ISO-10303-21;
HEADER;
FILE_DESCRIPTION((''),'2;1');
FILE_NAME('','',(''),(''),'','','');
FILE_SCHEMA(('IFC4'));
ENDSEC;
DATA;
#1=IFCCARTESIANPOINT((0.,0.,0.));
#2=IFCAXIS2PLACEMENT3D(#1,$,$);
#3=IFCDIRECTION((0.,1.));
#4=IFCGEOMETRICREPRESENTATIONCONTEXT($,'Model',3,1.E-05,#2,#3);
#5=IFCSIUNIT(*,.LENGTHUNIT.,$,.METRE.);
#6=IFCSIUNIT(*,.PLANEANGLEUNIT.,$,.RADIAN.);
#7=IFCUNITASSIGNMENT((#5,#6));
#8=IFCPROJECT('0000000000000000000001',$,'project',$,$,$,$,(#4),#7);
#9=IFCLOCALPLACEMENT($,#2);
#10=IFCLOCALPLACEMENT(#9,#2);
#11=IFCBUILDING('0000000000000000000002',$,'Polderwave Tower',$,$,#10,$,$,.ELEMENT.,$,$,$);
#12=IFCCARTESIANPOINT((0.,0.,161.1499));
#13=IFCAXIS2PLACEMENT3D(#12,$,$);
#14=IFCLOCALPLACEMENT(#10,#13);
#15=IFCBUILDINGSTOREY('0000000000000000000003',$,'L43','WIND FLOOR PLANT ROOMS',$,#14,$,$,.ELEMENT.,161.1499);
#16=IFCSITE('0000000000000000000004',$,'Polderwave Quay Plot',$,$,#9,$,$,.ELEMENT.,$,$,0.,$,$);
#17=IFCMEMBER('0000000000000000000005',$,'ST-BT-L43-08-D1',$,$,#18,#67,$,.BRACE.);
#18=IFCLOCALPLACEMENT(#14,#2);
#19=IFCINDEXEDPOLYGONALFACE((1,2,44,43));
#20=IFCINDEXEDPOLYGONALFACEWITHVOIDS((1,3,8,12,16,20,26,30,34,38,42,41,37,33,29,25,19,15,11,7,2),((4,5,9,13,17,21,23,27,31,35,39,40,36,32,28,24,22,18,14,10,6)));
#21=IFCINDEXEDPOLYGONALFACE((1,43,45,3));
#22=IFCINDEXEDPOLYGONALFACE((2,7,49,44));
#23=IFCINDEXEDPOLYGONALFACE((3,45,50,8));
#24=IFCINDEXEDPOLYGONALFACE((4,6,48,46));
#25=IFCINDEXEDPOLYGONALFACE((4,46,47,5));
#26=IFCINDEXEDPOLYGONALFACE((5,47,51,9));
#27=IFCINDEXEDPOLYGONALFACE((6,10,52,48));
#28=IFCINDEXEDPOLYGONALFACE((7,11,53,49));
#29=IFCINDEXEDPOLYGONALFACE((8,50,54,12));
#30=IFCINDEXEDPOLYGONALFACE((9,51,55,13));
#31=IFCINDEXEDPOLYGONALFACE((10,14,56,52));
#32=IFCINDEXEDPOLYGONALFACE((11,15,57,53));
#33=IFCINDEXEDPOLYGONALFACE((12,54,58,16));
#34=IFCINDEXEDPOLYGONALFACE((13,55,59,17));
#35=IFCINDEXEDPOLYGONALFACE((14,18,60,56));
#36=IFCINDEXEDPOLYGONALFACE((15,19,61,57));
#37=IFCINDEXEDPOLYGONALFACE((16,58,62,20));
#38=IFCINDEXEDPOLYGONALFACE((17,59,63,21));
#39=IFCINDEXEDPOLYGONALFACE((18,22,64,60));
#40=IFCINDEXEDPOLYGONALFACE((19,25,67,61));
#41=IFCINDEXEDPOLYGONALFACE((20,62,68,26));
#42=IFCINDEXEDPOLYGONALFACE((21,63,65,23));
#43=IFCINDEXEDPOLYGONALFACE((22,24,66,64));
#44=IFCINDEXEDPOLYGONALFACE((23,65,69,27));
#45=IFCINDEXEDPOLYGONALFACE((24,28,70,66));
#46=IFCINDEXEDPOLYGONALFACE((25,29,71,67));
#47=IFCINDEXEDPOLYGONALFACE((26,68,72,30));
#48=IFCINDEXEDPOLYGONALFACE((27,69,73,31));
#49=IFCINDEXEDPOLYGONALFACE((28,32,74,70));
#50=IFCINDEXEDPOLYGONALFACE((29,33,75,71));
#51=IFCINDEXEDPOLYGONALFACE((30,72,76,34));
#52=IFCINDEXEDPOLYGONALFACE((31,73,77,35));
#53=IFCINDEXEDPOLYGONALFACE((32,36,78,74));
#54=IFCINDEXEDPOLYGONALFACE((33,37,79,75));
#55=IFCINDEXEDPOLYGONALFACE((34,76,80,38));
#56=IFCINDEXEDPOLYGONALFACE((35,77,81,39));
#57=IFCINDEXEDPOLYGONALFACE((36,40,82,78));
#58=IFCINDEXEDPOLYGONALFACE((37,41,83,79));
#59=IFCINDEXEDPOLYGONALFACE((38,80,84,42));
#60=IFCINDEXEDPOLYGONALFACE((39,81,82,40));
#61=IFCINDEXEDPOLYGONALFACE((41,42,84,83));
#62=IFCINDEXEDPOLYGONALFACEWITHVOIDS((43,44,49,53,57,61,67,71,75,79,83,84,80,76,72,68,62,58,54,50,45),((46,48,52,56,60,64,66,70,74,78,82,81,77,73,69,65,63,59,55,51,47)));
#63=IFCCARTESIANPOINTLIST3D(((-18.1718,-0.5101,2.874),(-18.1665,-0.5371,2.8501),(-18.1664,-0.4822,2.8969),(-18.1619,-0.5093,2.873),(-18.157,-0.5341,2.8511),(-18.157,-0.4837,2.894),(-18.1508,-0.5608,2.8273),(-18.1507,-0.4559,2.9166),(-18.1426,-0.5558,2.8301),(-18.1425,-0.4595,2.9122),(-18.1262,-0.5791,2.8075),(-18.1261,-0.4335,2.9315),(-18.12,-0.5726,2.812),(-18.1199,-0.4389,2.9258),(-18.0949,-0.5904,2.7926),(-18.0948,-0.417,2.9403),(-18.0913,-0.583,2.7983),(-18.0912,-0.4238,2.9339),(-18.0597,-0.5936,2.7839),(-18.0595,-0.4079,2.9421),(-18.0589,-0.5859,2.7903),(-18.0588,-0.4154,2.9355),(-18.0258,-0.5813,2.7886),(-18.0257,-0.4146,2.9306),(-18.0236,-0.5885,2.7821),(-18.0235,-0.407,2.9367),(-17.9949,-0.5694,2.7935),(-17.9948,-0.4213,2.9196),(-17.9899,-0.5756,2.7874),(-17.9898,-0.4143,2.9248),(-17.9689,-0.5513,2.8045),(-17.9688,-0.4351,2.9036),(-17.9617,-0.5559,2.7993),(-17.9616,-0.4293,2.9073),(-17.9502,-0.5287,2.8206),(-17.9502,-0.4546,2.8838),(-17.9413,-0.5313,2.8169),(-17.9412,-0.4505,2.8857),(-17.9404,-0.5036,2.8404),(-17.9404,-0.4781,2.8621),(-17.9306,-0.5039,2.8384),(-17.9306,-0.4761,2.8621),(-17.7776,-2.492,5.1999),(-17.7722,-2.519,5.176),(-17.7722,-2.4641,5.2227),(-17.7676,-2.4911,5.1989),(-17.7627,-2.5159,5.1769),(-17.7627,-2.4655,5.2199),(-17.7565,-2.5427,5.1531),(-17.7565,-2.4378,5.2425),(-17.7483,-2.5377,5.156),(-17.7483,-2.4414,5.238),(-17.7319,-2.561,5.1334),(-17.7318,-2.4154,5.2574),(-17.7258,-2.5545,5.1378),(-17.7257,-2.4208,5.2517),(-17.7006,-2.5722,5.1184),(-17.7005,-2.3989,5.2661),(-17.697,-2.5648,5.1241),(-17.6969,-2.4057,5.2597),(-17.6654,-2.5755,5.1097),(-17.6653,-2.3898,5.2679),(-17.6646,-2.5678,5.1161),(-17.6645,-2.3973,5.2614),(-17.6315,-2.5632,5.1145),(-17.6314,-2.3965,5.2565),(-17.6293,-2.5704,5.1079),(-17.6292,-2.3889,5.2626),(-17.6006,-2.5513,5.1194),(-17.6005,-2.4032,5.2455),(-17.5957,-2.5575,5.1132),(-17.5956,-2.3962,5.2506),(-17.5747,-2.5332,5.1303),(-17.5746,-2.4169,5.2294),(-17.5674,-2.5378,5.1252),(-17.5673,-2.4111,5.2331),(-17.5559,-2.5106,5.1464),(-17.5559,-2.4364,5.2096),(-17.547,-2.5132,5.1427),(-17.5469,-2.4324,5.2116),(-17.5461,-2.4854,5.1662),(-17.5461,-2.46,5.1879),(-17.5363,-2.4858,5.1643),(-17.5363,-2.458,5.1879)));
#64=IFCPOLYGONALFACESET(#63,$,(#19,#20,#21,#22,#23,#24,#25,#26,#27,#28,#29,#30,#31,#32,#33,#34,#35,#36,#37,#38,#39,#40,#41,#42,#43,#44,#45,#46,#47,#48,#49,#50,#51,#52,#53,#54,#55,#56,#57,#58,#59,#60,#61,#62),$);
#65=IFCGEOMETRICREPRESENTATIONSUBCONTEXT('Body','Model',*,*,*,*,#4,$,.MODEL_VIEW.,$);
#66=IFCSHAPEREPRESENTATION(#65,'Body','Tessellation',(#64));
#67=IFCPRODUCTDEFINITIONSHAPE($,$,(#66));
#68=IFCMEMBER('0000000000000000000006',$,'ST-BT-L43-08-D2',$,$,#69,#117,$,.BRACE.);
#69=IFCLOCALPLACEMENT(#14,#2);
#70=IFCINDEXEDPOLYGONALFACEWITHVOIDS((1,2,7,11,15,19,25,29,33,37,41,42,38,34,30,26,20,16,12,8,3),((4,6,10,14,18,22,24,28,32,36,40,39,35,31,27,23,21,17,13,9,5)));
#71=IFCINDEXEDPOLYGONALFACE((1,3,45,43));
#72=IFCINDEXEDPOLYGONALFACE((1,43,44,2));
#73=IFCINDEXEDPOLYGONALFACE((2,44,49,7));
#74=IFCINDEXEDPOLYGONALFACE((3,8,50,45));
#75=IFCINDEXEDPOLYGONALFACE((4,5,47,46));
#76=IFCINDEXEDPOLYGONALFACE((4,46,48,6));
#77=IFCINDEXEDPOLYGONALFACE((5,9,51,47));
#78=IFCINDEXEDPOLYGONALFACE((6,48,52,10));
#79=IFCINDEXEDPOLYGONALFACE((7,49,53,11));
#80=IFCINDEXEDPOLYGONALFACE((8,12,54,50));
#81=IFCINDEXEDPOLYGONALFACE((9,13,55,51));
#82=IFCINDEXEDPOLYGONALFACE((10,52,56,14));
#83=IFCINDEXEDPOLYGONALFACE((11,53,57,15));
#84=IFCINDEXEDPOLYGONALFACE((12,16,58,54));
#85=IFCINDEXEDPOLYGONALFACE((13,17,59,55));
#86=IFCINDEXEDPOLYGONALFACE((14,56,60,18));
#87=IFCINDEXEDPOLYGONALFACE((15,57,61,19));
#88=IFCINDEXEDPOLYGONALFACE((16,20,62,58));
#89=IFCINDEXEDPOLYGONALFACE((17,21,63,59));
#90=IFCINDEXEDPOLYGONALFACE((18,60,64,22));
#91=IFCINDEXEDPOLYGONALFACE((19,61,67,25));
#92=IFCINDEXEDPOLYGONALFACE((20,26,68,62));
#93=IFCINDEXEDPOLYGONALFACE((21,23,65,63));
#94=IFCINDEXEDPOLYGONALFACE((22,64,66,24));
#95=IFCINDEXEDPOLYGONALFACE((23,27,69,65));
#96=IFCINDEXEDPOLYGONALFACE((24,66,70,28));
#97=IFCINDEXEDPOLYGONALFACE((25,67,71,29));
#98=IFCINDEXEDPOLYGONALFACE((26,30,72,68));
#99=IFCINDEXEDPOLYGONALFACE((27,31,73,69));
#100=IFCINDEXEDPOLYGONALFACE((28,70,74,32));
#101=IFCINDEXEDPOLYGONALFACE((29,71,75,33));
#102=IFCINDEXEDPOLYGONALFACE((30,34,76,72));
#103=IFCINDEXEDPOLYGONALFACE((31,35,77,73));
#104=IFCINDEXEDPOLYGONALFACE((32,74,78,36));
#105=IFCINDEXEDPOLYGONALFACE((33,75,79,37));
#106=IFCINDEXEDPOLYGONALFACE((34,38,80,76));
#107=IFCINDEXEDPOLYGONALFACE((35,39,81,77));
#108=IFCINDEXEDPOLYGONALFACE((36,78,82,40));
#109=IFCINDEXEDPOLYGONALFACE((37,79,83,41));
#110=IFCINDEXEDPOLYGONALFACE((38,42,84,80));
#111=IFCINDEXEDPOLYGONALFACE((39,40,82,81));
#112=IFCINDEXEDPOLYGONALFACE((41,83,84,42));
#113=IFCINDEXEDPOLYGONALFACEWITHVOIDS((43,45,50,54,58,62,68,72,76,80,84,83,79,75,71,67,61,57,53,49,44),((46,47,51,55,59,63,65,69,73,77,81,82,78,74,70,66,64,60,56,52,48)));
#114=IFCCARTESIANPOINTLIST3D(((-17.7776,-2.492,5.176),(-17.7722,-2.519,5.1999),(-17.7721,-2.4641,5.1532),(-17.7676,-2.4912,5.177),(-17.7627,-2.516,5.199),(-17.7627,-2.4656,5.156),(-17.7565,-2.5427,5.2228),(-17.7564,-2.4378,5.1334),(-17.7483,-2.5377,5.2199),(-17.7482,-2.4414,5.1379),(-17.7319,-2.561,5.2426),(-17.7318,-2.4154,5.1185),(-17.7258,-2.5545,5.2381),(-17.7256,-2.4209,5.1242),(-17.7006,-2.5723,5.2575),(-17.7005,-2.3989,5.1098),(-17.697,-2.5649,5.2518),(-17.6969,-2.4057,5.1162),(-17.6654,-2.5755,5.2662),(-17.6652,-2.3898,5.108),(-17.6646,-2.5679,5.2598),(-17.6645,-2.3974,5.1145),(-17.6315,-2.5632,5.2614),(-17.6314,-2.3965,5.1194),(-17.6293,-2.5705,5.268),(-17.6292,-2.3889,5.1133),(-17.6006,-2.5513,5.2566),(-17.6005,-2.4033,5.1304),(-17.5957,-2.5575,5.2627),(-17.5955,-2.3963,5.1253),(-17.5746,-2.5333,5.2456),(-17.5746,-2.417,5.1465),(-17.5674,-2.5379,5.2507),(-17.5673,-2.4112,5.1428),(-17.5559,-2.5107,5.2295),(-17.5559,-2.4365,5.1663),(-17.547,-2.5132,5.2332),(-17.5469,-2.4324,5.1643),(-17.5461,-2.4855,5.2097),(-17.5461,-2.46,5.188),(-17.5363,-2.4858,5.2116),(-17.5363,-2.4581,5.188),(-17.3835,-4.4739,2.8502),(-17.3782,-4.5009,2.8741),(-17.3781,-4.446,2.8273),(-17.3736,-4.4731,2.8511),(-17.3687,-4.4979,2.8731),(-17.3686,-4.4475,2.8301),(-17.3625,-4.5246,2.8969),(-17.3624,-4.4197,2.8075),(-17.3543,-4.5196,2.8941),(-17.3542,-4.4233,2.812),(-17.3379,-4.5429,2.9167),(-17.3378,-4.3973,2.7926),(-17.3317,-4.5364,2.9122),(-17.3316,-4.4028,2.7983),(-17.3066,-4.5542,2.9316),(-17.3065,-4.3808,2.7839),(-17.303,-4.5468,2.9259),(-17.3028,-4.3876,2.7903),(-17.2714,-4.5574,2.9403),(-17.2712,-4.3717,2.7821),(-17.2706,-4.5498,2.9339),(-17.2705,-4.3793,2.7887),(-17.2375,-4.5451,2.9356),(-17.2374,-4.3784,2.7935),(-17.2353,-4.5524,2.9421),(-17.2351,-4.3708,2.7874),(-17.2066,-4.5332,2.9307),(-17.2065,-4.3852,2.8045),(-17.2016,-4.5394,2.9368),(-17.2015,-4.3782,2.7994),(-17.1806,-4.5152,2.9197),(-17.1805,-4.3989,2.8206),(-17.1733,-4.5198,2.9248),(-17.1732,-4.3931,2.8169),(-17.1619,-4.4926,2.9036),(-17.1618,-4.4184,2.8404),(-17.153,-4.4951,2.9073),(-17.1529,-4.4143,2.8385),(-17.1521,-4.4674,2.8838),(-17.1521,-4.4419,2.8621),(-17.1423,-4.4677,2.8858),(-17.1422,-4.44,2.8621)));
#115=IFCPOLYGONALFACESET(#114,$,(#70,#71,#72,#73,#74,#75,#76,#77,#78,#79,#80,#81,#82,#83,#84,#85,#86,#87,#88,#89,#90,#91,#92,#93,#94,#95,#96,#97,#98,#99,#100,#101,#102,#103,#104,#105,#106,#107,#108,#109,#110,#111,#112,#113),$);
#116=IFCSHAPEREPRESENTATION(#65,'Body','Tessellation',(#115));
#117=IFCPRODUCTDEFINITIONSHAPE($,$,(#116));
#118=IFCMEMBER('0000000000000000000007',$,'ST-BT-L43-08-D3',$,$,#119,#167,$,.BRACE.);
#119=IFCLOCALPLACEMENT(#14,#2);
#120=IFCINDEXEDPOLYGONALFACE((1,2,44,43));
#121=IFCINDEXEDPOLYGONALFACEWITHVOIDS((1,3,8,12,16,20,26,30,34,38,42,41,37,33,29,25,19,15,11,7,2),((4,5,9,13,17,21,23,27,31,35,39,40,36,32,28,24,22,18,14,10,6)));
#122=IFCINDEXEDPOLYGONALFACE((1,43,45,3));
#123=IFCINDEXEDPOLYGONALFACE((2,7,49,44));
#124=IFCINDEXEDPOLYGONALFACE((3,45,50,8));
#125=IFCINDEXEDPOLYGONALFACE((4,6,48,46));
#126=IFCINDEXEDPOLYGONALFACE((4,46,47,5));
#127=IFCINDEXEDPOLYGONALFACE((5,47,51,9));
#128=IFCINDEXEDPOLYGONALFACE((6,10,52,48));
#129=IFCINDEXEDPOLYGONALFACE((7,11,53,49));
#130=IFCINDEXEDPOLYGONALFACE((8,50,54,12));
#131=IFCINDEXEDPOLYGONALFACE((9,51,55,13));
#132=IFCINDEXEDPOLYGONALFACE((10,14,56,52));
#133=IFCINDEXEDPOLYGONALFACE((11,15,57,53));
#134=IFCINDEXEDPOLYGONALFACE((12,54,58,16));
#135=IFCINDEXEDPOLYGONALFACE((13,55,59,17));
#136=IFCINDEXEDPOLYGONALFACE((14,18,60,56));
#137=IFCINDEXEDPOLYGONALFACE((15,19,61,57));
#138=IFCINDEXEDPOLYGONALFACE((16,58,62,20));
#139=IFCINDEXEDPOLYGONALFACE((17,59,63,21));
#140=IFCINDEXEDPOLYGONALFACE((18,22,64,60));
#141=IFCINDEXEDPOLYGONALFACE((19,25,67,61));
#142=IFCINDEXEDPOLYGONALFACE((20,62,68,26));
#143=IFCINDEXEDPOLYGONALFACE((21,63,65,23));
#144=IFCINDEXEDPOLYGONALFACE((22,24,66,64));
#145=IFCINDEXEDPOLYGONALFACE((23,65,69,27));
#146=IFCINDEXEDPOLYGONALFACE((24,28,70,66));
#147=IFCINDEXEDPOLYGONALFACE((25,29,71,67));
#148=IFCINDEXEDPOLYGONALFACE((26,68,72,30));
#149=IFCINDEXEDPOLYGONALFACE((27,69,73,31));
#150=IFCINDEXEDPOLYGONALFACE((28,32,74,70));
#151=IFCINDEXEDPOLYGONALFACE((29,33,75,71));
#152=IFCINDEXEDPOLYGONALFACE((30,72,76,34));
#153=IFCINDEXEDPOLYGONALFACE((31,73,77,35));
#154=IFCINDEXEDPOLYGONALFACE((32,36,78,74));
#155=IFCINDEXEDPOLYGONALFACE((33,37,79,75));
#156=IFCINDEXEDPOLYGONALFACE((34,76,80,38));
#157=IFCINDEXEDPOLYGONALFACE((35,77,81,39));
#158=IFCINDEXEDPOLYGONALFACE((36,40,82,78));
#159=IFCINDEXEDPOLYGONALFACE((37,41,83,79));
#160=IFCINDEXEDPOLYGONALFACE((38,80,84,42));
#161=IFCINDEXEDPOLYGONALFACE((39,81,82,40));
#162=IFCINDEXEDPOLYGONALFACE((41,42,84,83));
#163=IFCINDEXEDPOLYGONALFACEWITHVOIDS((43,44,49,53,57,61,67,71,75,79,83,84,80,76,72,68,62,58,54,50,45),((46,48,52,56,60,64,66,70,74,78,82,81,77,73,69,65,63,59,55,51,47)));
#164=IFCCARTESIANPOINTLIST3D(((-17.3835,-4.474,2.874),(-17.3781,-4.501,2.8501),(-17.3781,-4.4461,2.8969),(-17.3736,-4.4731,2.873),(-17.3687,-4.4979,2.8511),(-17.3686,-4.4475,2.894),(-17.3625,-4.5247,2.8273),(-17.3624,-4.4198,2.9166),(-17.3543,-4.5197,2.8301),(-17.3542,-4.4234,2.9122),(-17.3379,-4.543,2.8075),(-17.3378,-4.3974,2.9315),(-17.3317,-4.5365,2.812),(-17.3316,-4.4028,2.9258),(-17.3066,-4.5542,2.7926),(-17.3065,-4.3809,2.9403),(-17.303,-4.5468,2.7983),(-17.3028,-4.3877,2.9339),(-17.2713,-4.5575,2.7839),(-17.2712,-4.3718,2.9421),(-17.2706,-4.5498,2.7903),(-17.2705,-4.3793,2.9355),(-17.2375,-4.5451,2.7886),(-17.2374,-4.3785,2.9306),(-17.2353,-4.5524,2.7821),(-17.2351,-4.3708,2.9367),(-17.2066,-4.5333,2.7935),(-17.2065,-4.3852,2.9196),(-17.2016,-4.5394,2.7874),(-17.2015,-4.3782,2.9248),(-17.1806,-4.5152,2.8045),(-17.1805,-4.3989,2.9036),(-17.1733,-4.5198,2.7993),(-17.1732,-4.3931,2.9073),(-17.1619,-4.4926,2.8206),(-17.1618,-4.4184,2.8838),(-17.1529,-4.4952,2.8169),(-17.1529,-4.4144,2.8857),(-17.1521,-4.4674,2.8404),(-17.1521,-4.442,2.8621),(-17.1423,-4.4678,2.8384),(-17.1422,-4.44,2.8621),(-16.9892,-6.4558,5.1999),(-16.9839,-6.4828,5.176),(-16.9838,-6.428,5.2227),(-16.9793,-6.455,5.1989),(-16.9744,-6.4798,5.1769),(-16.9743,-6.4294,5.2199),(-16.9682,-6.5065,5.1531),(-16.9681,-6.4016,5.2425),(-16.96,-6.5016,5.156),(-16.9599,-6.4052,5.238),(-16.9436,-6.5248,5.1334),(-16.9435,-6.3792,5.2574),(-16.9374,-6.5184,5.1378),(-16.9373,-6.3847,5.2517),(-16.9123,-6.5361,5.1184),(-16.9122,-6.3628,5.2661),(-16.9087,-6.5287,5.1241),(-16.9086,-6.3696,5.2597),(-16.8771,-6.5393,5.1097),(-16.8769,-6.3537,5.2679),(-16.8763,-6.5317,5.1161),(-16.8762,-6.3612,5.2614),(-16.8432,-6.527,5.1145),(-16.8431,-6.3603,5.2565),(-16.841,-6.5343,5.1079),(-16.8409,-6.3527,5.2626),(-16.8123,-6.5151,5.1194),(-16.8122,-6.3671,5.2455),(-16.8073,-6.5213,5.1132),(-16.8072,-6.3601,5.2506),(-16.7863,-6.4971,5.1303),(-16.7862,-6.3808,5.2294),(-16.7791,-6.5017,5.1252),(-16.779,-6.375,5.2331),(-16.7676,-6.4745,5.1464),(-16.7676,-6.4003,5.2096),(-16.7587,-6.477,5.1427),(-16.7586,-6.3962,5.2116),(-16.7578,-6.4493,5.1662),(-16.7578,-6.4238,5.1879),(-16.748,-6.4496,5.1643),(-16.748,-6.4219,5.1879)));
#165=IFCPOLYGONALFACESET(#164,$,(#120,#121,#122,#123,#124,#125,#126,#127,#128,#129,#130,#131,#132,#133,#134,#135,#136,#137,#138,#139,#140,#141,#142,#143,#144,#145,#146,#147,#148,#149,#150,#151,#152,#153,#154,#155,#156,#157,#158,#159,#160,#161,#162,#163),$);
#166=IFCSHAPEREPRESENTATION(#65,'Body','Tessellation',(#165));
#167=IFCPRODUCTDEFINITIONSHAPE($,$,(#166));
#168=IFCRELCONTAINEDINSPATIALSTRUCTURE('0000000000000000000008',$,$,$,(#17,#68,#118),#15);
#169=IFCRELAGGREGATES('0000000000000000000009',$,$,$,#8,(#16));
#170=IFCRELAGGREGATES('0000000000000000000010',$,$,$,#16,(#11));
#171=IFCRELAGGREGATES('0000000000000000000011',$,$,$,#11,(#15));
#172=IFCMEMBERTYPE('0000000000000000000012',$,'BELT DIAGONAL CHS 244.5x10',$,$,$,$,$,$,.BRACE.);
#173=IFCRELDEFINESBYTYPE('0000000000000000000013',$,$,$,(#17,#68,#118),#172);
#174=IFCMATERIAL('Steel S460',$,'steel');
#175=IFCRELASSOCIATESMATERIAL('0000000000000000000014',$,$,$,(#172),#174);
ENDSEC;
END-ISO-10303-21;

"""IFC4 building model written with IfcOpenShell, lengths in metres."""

from ifc_helpers import new_model, si_unit, direction, frame, origin, origin_2d, place, context, subcontext, project, spatial, hollow_circle, extrude, material, material_profile, profile_set, type_object, element, save


model = new_model("IFC4")

# Units and contexts
model_context = context("Model", 3, precision=1e-05, world=origin(), true_north=direction((0.0, 1.0)))
body_context = subcontext(model_context, "Body", "Model", "MODEL_VIEW")
ifc_project = project(units=[si_unit("LENGTHUNIT", "METRE"), si_unit("PLANEANGLEUNIT", "RADIAN")], contexts=[model_context])

# Site, building, storey
site_placement = place(None, origin())
site = spatial("IfcSite", under=ifc_project, at=site_placement, Name="Polderwave Quay Plot", CompositionType="ELEMENT", RefElevation=0.0)
building_placement = place(site_placement, origin())
building = spatial("IfcBuilding", under=site, at=building_placement, Name="Polderwave Tower", CompositionType="ELEMENT")
storey_placement = place(building_placement, frame((0.0, 0.0, 161.1499)))
storey = spatial("IfcBuildingStorey", under=building, at=storey_placement, Name="L43", Description="WIND FLOOR PLANT ROOMS", CompositionType="ELEMENT", Elevation=161.1499)

# Members
ifc_material_1 = material(Name="Steel S460", Category="steel")
ifc_material_profile_1 = material_profile(ifc_material_1, hollow_circle(Radius=0.1223, WallThickness=0.01, at=origin_2d()), Name="CHS 244.5x10")
ifc_profile_set_1 = profile_set([ifc_material_profile_1], Name="Steel S460")
member_type_1 = type_object("IfcMemberType", Name="BELT DIAGONAL CHS 244.5x10", PredefinedType="BRACE", material=ifc_profile_set_1)
for number, where, z_axis, x_axis, name in (
    (1, (-18.0505, -0.5, 2.8621), (0.127968, -0.643246, 0.75489), (0.98078, 0.195117, 0.0), "ST-BT-L43-08-D1"),
    (2, (-17.6562, -2.4819, 5.188), (0.12789, -0.643252, -0.754898), (0.980803, 0.195001, 0.0), "ST-BT-L43-08-D2"),
    (3, (-17.2622, -4.4639, 2.8621), (0.127968, -0.643246, 0.75489), (0.98078, 0.195117, 0.0), "ST-BT-L43-08-D3"),
):
    element("IfcMember", number, at=place(storey_placement, frame(where, z_axis=z_axis, x_axis=x_axis)), inside=storey, type_object=member_type_1, Name=name, PredefinedType="BRACE", context=body_context, shape_type="SweptSolid", body=[
        extrude(hollow_circle(Radius=0.1223, WallThickness=0.01, at=origin_2d()), origin(), (0.0, 0.0, 1.0), 3.0811),
    ])

save(model, "model.ifc")
